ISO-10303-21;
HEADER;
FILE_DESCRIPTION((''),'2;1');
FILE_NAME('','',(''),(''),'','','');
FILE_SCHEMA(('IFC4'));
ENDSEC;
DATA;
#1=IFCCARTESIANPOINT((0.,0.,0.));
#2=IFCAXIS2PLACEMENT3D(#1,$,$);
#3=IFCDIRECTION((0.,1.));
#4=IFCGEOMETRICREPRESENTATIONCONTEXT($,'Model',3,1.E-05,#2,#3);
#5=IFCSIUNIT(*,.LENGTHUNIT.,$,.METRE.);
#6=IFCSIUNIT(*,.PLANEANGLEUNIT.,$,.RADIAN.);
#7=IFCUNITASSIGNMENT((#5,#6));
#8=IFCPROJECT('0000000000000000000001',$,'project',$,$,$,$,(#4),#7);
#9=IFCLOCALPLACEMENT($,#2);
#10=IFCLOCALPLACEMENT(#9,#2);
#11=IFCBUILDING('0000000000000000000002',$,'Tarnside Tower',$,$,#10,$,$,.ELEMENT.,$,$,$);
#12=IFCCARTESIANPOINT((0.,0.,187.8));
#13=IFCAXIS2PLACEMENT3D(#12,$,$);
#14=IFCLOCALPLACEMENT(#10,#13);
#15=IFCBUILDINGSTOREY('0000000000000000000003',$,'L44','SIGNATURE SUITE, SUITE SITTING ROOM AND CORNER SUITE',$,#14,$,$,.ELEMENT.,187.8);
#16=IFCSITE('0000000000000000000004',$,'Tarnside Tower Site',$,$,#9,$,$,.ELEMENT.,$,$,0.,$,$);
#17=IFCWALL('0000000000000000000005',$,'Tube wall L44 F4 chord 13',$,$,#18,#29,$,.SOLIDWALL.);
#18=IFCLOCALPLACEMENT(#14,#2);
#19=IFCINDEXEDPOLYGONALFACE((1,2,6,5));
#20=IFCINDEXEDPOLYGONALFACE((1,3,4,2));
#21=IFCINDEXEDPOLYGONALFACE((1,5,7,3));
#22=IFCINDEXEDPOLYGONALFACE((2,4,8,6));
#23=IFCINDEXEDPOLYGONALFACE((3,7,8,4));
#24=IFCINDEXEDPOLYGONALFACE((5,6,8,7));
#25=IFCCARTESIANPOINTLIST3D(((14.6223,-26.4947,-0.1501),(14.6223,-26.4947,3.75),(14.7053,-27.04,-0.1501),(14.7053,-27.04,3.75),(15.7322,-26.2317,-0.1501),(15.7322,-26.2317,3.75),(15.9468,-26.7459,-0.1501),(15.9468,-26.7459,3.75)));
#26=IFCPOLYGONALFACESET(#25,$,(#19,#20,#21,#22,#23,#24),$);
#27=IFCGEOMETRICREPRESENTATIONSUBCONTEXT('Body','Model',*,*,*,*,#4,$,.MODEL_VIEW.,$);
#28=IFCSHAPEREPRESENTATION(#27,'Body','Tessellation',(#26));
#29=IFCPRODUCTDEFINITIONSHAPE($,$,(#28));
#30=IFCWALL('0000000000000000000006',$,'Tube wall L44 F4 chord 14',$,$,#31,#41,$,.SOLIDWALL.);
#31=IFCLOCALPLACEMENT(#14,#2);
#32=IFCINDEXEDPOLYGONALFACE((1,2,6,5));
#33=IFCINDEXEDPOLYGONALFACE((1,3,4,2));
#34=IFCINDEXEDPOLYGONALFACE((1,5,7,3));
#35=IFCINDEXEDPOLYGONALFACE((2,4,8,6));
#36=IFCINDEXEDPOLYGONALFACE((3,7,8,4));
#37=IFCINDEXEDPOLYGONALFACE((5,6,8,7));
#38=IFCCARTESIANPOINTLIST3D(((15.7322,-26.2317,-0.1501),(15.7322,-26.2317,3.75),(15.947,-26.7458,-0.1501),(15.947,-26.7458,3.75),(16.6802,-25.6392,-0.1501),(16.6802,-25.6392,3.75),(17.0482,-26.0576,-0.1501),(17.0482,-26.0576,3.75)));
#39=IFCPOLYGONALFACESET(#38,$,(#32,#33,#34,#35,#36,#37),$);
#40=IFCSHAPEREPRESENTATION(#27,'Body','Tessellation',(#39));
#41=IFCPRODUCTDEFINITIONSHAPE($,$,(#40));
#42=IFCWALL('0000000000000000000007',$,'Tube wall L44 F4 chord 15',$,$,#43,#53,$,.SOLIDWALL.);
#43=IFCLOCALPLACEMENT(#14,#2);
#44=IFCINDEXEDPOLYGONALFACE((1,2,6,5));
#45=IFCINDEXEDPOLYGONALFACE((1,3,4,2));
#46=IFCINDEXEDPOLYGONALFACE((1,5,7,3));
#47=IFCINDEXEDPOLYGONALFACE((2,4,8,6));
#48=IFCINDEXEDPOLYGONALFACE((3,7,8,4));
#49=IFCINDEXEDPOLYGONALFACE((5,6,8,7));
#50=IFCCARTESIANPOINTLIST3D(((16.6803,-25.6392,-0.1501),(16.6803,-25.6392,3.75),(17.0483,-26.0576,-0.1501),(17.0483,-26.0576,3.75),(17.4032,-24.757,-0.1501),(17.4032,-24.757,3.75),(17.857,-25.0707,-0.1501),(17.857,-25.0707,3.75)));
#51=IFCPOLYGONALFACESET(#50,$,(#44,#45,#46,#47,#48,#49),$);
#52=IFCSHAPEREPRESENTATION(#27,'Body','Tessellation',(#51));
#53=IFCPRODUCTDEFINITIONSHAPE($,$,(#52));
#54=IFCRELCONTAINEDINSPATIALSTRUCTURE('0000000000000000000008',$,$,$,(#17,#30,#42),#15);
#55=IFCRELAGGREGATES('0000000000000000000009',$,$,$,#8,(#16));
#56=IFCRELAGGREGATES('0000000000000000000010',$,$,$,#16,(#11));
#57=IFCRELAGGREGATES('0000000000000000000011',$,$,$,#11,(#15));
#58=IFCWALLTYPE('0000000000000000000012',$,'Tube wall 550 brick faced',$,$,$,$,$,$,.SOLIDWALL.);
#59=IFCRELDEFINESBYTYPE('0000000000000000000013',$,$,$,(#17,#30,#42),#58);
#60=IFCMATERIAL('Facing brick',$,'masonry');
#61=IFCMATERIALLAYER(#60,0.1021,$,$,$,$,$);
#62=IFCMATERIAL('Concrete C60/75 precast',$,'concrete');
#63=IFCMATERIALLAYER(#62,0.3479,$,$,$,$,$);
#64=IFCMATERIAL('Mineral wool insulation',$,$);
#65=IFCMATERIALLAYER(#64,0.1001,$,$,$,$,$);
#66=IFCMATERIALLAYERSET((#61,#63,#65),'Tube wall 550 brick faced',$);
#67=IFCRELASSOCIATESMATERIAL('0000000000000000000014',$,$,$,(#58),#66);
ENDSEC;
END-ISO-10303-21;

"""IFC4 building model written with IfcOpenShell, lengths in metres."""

from ifc_helpers import new_model, si_unit, direction, frame, origin, place, context, subcontext, project, spatial, polyline, outline, extrude, material, layer, layer_set, type_object, element, save


model = new_model("IFC4")

# Units and contexts
model_context = context("Model", 3, precision=1e-05, world=origin(), true_north=direction((0.0, 1.0)))
body_context = subcontext(model_context, "Body", "Model", "MODEL_VIEW")
ifc_project = project(units=[si_unit("LENGTHUNIT", "METRE"), si_unit("PLANEANGLEUNIT", "RADIAN")], contexts=[model_context])

# Site, building, storey
site_placement = place(None, origin())
site = spatial("IfcSite", under=ifc_project, at=site_placement, Name="Tarnside Tower Site", CompositionType="ELEMENT", RefElevation=0.0)
building_placement = place(site_placement, origin())
building = spatial("IfcBuilding", under=site, at=building_placement, Name="Tarnside Tower", CompositionType="ELEMENT")
storey_placement = place(building_placement, frame((0.0, 0.0, 187.8)))
storey = spatial("IfcBuildingStorey", under=building, at=storey_placement, Name="L44", Description="SIGNATURE SUITE, SUITE SITTING ROOM AND CORNER SUITE", CompositionType="ELEMENT", Elevation=187.8)

# Walls
ifc_material_1 = material(Name="Facing brick", Category="masonry")
ifc_layer_1 = layer(ifc_material_1, 0.1021)
ifc_material_2 = material(Name="Concrete C60/75 precast", Category="concrete")
ifc_layer_2 = layer(ifc_material_2, 0.3479)
ifc_material_3 = material(Name="Mineral wool insulation")
ifc_layer_3 = layer(ifc_material_3, 0.1001)
ifc_layer_set_1 = layer_set([ifc_layer_1, ifc_layer_2, ifc_layer_3], Name="Tube wall 550 brick faced")
wall_type_1 = type_object("IfcWallType", Name="Tube wall 550 brick faced", PredefinedType="SOLIDWALL", material=ifc_layer_set_1)
wall_1_placement = place(storey_placement, frame((14.6638, -26.7673, -0.1501), z_axis=(0.0, 0.0, 1.0), x_axis=(0.973064, 0.230537, 0.0)))
element("IfcWall", 1, at=wall_1_placement, inside=storey, type_object=wall_type_1, Name="Tube wall L44 F4 chord 13", PredefinedType="SOLIDWALL", context=body_context, shape_type="SweptSolid", body=[
    extrude(outline(polyline([(-0.0225, -0.2749), (1.2534, -0.2749), (1.1631, 0.2749), (0.0225, 0.2749), (-0.0225, -0.2749)])), origin(), (0.0, 0.0, 1.0), 3.9001),
])
wall_2_placement = place(storey_placement, frame((15.8396, -26.4888, -0.1501), z_axis=(0.0, 0.0, 1.0), x_axis=(0.84801, 0.529981, 0.0)))
element("IfcWall", 2, at=wall_2_placement, inside=storey, type_object=wall_type_1, Name="Tube wall L44 F4 chord 14", PredefinedType="SOLIDWALL", context=body_context, shape_type="SweptSolid", body=[
    extrude(outline(polyline([(-0.0452, -0.2749), (1.2534, -0.2749), (1.1631, 0.2749), (0.0452, 0.2749), (-0.0452, -0.2749)])), origin(), (0.0, 0.0, 1.0), 3.9001),
])
wall_3_placement = place(storey_placement, frame((16.8643, -25.8484, -0.1501), z_axis=(0.0, 0.0, 1.0), x_axis=(0.633843, 0.773462, 0.0)))
element("IfcWall", 3, at=wall_3_placement, inside=storey, type_object=wall_type_1, Name="Tube wall L44 F4 chord 15", PredefinedType="SOLIDWALL", context=body_context, shape_type="SweptSolid", body=[
    extrude(outline(polyline([(-0.0452, -0.2749), (1.2307, -0.2749), (1.1858, 0.2749), (0.0452, 0.2749), (-0.0452, -0.2749)])), origin(), (0.0, 0.0, 1.0), 3.9001),
])

save(model, "model.ifc")
